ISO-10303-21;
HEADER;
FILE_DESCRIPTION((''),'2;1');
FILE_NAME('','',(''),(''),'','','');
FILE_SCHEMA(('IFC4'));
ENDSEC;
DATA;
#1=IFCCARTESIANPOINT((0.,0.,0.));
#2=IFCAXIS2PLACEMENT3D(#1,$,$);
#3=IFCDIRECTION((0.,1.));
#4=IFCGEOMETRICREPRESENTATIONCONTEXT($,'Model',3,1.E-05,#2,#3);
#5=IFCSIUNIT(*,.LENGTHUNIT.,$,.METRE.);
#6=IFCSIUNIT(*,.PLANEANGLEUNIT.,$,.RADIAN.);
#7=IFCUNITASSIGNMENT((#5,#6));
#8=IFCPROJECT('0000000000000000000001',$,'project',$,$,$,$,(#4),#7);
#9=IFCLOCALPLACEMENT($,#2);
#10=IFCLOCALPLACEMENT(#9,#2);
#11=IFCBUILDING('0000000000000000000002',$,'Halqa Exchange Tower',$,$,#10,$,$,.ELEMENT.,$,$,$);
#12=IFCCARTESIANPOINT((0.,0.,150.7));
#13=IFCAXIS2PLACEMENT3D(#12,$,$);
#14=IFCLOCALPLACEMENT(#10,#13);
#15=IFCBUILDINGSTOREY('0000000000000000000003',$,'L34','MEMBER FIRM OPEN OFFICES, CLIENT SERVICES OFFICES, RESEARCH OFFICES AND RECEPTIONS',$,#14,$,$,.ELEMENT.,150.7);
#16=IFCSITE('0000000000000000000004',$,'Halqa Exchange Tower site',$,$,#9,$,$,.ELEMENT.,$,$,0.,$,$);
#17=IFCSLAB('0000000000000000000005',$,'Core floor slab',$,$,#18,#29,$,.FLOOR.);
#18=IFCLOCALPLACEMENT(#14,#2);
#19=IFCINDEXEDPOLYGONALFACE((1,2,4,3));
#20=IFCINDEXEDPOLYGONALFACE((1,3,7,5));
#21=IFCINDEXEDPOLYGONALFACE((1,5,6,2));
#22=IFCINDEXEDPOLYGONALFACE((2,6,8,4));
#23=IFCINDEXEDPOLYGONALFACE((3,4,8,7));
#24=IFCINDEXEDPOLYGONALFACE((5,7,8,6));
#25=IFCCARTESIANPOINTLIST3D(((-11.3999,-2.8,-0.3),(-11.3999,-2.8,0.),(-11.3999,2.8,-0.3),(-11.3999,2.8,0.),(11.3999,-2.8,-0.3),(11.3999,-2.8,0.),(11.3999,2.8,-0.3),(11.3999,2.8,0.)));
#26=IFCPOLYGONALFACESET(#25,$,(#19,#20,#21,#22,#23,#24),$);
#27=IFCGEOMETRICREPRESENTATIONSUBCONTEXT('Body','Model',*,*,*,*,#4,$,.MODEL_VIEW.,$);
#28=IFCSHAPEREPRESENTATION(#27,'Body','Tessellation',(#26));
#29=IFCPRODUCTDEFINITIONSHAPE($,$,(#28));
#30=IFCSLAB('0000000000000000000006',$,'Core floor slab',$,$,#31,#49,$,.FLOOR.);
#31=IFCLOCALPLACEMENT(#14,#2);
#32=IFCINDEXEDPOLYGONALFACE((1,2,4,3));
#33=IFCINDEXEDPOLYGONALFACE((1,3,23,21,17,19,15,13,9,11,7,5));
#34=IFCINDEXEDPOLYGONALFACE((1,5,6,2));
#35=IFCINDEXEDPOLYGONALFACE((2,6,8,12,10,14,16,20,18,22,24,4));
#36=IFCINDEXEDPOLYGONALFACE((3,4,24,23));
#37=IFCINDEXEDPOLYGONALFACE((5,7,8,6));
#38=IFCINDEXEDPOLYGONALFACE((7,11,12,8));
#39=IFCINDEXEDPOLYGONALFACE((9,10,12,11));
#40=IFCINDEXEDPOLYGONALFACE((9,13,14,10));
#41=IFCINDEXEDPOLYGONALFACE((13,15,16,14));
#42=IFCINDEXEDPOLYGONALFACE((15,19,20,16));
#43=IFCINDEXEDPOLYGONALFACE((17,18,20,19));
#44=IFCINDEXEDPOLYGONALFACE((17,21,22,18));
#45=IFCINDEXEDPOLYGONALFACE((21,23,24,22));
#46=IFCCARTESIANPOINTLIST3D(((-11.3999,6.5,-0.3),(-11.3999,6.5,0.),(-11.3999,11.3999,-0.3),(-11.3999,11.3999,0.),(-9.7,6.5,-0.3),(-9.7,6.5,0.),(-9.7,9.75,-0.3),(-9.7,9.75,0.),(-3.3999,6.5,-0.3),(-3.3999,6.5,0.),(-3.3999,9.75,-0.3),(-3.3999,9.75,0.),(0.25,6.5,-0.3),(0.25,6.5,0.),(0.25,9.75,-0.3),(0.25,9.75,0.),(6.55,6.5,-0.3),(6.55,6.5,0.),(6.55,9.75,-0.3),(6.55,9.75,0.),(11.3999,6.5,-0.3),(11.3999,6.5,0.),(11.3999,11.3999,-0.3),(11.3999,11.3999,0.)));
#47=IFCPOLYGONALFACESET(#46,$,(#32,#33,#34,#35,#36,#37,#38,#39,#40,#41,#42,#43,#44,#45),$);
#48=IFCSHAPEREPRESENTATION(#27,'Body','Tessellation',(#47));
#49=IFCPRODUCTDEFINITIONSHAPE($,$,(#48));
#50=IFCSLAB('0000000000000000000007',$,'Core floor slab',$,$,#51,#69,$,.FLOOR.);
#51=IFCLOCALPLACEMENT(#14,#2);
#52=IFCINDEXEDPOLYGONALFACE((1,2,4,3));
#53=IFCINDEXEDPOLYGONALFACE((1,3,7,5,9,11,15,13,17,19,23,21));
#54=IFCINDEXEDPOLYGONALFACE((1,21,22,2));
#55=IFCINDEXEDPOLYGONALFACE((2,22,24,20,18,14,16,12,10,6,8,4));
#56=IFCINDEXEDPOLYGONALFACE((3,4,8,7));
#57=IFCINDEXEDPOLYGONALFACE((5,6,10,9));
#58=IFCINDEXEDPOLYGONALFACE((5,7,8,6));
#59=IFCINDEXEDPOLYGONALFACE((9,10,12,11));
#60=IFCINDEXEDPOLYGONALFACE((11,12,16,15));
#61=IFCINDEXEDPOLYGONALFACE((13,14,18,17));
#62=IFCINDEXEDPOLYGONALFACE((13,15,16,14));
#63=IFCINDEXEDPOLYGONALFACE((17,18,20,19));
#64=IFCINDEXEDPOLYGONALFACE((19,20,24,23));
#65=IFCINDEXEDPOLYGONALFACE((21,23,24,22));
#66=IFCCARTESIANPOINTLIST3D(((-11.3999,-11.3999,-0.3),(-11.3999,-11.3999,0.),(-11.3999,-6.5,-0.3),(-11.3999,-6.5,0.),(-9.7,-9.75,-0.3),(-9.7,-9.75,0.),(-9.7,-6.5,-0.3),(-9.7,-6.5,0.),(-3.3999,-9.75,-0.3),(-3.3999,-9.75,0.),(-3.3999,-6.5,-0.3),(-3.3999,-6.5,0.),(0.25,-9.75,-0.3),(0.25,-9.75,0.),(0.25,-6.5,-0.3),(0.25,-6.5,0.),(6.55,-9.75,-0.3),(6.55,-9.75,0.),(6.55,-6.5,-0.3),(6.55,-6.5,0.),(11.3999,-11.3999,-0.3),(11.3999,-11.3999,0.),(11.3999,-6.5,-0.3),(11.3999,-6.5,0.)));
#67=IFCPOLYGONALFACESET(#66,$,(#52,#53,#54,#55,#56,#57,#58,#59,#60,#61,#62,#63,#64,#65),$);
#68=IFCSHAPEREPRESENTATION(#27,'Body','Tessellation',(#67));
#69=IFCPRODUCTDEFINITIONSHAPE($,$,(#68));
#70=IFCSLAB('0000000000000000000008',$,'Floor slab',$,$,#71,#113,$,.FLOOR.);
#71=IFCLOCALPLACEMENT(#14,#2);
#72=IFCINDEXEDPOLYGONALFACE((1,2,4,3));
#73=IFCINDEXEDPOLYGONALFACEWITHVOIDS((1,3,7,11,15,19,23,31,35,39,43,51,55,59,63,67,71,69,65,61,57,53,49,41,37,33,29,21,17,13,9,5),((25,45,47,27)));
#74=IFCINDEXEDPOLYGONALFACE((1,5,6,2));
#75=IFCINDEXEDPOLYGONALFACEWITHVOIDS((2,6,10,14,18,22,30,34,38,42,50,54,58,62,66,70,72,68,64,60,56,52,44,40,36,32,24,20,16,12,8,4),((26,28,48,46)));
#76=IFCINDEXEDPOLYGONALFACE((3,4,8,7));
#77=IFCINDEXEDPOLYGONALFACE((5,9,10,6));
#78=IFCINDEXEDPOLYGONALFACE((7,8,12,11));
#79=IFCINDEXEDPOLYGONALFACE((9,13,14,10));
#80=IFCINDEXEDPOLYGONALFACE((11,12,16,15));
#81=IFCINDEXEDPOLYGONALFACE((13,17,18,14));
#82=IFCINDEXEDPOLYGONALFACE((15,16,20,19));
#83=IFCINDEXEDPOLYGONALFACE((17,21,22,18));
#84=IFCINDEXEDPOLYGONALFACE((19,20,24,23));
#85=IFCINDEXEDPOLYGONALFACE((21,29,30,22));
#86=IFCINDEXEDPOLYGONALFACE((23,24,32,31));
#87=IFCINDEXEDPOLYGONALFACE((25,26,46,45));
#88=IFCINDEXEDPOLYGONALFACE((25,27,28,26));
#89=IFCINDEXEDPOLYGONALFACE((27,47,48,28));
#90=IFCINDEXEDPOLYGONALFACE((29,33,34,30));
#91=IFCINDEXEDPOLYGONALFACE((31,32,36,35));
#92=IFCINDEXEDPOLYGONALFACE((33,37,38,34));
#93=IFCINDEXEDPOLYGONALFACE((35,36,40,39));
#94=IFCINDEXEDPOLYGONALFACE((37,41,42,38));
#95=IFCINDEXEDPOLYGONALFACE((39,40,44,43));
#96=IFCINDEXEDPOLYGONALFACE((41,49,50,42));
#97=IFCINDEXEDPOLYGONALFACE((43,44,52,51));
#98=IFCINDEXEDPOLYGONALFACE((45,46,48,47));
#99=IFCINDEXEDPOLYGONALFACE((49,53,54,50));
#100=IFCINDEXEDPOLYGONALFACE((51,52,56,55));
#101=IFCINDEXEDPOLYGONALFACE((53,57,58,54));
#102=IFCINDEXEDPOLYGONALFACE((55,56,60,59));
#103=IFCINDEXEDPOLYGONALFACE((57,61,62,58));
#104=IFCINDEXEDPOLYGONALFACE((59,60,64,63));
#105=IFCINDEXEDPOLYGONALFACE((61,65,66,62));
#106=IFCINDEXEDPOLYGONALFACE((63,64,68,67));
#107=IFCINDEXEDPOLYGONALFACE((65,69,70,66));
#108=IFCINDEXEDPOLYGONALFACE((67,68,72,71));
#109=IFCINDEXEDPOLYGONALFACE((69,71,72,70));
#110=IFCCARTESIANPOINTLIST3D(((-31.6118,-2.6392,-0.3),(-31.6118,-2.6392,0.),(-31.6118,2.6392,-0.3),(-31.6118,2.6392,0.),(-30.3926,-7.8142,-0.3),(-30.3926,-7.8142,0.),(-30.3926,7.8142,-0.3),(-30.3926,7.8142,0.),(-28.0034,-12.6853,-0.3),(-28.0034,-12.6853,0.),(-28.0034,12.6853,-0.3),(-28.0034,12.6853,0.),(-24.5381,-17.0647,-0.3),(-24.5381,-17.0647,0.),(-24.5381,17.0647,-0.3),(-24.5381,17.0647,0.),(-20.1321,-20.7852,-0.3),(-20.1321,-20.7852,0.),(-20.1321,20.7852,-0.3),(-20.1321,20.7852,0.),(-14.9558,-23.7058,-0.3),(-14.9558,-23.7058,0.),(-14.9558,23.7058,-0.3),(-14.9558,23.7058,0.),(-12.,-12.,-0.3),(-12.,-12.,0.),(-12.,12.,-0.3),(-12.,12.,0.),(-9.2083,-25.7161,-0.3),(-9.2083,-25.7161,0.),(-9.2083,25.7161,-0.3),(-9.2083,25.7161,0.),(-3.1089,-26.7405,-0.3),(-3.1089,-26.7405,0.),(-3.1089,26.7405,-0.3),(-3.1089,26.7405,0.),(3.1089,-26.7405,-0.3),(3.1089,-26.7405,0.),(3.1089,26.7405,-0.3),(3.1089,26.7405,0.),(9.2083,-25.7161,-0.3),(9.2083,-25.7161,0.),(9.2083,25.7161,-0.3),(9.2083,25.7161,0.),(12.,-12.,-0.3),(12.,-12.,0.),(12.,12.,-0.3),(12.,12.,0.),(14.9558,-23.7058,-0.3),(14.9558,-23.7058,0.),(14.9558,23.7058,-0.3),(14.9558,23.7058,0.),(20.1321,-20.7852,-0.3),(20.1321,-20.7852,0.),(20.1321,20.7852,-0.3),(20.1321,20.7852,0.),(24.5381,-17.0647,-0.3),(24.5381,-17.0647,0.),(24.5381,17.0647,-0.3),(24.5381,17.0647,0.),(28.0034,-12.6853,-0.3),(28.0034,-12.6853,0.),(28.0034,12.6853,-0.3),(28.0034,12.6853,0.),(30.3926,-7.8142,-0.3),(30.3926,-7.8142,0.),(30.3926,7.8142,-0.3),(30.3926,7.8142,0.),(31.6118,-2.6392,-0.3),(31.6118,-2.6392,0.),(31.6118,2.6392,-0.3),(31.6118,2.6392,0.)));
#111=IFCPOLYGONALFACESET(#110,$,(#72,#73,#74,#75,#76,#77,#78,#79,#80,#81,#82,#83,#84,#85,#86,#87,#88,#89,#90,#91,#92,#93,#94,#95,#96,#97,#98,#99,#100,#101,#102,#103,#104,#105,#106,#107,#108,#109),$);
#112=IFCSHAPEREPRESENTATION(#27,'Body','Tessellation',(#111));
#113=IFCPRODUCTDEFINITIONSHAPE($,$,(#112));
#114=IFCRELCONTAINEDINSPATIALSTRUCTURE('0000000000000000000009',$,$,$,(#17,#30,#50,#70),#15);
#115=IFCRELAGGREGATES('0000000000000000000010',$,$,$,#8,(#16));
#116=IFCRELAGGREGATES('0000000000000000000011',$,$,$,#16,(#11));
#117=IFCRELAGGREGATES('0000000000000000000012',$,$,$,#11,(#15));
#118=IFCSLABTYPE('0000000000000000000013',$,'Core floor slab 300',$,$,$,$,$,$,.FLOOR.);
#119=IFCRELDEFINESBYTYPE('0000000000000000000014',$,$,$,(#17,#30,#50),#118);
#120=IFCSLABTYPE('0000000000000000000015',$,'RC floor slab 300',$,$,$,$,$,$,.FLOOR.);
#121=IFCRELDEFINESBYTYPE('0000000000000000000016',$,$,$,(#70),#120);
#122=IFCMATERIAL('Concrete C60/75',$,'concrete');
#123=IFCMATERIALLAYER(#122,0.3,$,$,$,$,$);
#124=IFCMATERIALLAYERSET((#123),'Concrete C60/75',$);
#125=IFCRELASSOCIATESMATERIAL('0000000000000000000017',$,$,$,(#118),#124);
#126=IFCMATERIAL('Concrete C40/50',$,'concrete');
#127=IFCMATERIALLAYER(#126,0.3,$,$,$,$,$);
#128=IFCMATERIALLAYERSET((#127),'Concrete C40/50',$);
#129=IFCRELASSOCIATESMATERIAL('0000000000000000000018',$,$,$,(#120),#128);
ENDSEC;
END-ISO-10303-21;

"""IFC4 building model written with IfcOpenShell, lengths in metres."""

from ifc_helpers import new_model, si_unit, direction, frame, origin, place, context, subcontext, project, spatial, polyline, outline, extrude, material, layer, layer_set, type_object, element, save


model = new_model("IFC4")

# Units and contexts
model_context = context("Model", 3, precision=1e-05, world=origin(), true_north=direction((0.0, 1.0)))
body_context = subcontext(model_context, "Body", "Model", "MODEL_VIEW")
ifc_project = project(units=[si_unit("LENGTHUNIT", "METRE"), si_unit("PLANEANGLEUNIT", "RADIAN")], contexts=[model_context])

# Site, building, storey
site_placement = place(None, origin())
site = spatial("IfcSite", under=ifc_project, at=site_placement, Name="Halqa Exchange Tower site", CompositionType="ELEMENT", RefElevation=0.0)
building_placement = place(site_placement, origin())
building = spatial("IfcBuilding", under=site, at=building_placement, Name="Halqa Exchange Tower", CompositionType="ELEMENT")
storey_placement = place(building_placement, frame((0.0, 0.0, 150.7)))
storey = spatial("IfcBuildingStorey", under=building, at=storey_placement, Name="L34", Description="MEMBER FIRM OPEN OFFICES, CLIENT SERVICES OFFICES, RESEARCH OFFICES AND RECEPTIONS", CompositionType="ELEMENT", Elevation=150.7)

# Shared definitions
ifc_material_1 = material(Name="Concrete C60/75", Category="concrete")

# Slabs
ifc_layer_1 = layer(ifc_material_1, 0.3)
ifc_layer_set_1 = layer_set([ifc_layer_1], Name="Concrete C60/75")
slab_type_1 = type_object("IfcSlabType", Name="Core floor slab 300", PredefinedType="FLOOR", material=ifc_layer_set_1)
slab_1_placement = place(storey_placement, frame((0.0, 0.0, -0.3)))
element("IfcSlab", 1, at=slab_1_placement, inside=storey, type_object=slab_type_1, Name="Core floor slab", PredefinedType="FLOOR", context=body_context, shape_type="SweptSolid", body=[
    extrude(outline(polyline([(-11.3999, 2.8), (11.3999, 2.8), (11.3999, -2.8), (-11.3999, -2.8), (-11.3999, 2.8)])), origin(), (0.0, 0.0, 1.0), 0.3),
])
slab_2_placement = place(storey_placement, frame((0.0, 0.0, -0.3)))
element("IfcSlab", 2, at=slab_2_placement, inside=storey, type_object=slab_type_1, Name="Core floor slab", PredefinedType="FLOOR", context=body_context, shape_type="SweptSolid", body=[
    extrude(outline(polyline([(-11.3999, 11.3999), (11.3999, 11.3999), (11.3999, 6.5), (6.55, 6.5), (6.55, 9.75), (0.25, 9.75), (0.25, 6.5), (-3.3999, 6.5), (-3.3999, 9.75), (-9.7, 9.75), (-9.7, 6.5), (-11.3999, 6.5), (-11.3999, 11.3999)])), origin(), (0.0, 0.0, 1.0), 0.3),
])
slab_3_placement = place(storey_placement, frame((0.0, 0.0, -0.3)))
element("IfcSlab", 3, at=slab_3_placement, inside=storey, type_object=slab_type_1, Name="Core floor slab", PredefinedType="FLOOR", context=body_context, shape_type="SweptSolid", body=[
    extrude(outline(polyline([(-9.7, -9.75), (-3.3999, -9.75), (-3.3999, -6.5), (0.25, -6.5), (0.25, -9.75), (6.55, -9.75), (6.55, -6.5), (11.3999, -6.5), (11.3999, -11.3999), (-11.3999, -11.3999), (-11.3999, -6.5), (-9.7, -6.5), (-9.7, -9.75)])), origin(), (0.0, 0.0, 1.0), 0.3),
])
ifc_material_2 = material(Name="Concrete C40/50", Category="concrete")
ifc_layer_2 = layer(ifc_material_2, 0.3)
ifc_layer_set_2 = layer_set([ifc_layer_2], Name="Concrete C40/50")
slab_type_2 = type_object("IfcSlabType", Name="RC floor slab 300", PredefinedType="FLOOR", material=ifc_layer_set_2)
slab_4_placement = place(storey_placement, frame((0.0, 0.0, -0.3)))
element("IfcSlab", 4, at=slab_4_placement, inside=storey, type_object=slab_type_2, Name="Floor slab", PredefinedType="FLOOR", context=body_context, shape_type="SweptSolid", body=[
    extrude(outline(polyline([(31.6118, 2.6392), (30.3926, 7.8142), (28.0034, 12.6853), (24.5381, 17.0647), (20.1321, 20.7852), (14.9558, 23.7058), (9.2083, 25.7161), (3.1089, 26.7405), (-3.1089, 26.7405), (-9.2083, 25.7161), (-14.9558, 23.7058), (-20.1321, 20.7852), (-24.5381, 17.0647), (-28.0034, 12.6853), (-30.3926, 7.8142), (-31.6118, 2.6392), (-31.6118, -2.6392), (-30.3926, -7.8142), (-28.0034, -12.6853), (-24.5381, -17.0647), (-20.1321, -20.7852), (-14.9558, -23.7058), (-9.2083, -25.7161), (-3.1089, -26.7405), (3.1089, -26.7405), (9.2083, -25.7161), (14.9558, -23.7058), (20.1321, -20.7852), (24.5381, -17.0647), (28.0034, -12.6853), (30.3926, -7.8142), (31.6118, -2.6392), (31.6118, 2.6392)]), holes=[polyline([(-12.0, -12.0), (12.0, -12.0), (12.0, 12.0), (-12.0, 12.0), (-12.0, -12.0)])]), origin(), (0.0, 0.0, 1.0), 0.3),
])

save(model, "model.ifc")
